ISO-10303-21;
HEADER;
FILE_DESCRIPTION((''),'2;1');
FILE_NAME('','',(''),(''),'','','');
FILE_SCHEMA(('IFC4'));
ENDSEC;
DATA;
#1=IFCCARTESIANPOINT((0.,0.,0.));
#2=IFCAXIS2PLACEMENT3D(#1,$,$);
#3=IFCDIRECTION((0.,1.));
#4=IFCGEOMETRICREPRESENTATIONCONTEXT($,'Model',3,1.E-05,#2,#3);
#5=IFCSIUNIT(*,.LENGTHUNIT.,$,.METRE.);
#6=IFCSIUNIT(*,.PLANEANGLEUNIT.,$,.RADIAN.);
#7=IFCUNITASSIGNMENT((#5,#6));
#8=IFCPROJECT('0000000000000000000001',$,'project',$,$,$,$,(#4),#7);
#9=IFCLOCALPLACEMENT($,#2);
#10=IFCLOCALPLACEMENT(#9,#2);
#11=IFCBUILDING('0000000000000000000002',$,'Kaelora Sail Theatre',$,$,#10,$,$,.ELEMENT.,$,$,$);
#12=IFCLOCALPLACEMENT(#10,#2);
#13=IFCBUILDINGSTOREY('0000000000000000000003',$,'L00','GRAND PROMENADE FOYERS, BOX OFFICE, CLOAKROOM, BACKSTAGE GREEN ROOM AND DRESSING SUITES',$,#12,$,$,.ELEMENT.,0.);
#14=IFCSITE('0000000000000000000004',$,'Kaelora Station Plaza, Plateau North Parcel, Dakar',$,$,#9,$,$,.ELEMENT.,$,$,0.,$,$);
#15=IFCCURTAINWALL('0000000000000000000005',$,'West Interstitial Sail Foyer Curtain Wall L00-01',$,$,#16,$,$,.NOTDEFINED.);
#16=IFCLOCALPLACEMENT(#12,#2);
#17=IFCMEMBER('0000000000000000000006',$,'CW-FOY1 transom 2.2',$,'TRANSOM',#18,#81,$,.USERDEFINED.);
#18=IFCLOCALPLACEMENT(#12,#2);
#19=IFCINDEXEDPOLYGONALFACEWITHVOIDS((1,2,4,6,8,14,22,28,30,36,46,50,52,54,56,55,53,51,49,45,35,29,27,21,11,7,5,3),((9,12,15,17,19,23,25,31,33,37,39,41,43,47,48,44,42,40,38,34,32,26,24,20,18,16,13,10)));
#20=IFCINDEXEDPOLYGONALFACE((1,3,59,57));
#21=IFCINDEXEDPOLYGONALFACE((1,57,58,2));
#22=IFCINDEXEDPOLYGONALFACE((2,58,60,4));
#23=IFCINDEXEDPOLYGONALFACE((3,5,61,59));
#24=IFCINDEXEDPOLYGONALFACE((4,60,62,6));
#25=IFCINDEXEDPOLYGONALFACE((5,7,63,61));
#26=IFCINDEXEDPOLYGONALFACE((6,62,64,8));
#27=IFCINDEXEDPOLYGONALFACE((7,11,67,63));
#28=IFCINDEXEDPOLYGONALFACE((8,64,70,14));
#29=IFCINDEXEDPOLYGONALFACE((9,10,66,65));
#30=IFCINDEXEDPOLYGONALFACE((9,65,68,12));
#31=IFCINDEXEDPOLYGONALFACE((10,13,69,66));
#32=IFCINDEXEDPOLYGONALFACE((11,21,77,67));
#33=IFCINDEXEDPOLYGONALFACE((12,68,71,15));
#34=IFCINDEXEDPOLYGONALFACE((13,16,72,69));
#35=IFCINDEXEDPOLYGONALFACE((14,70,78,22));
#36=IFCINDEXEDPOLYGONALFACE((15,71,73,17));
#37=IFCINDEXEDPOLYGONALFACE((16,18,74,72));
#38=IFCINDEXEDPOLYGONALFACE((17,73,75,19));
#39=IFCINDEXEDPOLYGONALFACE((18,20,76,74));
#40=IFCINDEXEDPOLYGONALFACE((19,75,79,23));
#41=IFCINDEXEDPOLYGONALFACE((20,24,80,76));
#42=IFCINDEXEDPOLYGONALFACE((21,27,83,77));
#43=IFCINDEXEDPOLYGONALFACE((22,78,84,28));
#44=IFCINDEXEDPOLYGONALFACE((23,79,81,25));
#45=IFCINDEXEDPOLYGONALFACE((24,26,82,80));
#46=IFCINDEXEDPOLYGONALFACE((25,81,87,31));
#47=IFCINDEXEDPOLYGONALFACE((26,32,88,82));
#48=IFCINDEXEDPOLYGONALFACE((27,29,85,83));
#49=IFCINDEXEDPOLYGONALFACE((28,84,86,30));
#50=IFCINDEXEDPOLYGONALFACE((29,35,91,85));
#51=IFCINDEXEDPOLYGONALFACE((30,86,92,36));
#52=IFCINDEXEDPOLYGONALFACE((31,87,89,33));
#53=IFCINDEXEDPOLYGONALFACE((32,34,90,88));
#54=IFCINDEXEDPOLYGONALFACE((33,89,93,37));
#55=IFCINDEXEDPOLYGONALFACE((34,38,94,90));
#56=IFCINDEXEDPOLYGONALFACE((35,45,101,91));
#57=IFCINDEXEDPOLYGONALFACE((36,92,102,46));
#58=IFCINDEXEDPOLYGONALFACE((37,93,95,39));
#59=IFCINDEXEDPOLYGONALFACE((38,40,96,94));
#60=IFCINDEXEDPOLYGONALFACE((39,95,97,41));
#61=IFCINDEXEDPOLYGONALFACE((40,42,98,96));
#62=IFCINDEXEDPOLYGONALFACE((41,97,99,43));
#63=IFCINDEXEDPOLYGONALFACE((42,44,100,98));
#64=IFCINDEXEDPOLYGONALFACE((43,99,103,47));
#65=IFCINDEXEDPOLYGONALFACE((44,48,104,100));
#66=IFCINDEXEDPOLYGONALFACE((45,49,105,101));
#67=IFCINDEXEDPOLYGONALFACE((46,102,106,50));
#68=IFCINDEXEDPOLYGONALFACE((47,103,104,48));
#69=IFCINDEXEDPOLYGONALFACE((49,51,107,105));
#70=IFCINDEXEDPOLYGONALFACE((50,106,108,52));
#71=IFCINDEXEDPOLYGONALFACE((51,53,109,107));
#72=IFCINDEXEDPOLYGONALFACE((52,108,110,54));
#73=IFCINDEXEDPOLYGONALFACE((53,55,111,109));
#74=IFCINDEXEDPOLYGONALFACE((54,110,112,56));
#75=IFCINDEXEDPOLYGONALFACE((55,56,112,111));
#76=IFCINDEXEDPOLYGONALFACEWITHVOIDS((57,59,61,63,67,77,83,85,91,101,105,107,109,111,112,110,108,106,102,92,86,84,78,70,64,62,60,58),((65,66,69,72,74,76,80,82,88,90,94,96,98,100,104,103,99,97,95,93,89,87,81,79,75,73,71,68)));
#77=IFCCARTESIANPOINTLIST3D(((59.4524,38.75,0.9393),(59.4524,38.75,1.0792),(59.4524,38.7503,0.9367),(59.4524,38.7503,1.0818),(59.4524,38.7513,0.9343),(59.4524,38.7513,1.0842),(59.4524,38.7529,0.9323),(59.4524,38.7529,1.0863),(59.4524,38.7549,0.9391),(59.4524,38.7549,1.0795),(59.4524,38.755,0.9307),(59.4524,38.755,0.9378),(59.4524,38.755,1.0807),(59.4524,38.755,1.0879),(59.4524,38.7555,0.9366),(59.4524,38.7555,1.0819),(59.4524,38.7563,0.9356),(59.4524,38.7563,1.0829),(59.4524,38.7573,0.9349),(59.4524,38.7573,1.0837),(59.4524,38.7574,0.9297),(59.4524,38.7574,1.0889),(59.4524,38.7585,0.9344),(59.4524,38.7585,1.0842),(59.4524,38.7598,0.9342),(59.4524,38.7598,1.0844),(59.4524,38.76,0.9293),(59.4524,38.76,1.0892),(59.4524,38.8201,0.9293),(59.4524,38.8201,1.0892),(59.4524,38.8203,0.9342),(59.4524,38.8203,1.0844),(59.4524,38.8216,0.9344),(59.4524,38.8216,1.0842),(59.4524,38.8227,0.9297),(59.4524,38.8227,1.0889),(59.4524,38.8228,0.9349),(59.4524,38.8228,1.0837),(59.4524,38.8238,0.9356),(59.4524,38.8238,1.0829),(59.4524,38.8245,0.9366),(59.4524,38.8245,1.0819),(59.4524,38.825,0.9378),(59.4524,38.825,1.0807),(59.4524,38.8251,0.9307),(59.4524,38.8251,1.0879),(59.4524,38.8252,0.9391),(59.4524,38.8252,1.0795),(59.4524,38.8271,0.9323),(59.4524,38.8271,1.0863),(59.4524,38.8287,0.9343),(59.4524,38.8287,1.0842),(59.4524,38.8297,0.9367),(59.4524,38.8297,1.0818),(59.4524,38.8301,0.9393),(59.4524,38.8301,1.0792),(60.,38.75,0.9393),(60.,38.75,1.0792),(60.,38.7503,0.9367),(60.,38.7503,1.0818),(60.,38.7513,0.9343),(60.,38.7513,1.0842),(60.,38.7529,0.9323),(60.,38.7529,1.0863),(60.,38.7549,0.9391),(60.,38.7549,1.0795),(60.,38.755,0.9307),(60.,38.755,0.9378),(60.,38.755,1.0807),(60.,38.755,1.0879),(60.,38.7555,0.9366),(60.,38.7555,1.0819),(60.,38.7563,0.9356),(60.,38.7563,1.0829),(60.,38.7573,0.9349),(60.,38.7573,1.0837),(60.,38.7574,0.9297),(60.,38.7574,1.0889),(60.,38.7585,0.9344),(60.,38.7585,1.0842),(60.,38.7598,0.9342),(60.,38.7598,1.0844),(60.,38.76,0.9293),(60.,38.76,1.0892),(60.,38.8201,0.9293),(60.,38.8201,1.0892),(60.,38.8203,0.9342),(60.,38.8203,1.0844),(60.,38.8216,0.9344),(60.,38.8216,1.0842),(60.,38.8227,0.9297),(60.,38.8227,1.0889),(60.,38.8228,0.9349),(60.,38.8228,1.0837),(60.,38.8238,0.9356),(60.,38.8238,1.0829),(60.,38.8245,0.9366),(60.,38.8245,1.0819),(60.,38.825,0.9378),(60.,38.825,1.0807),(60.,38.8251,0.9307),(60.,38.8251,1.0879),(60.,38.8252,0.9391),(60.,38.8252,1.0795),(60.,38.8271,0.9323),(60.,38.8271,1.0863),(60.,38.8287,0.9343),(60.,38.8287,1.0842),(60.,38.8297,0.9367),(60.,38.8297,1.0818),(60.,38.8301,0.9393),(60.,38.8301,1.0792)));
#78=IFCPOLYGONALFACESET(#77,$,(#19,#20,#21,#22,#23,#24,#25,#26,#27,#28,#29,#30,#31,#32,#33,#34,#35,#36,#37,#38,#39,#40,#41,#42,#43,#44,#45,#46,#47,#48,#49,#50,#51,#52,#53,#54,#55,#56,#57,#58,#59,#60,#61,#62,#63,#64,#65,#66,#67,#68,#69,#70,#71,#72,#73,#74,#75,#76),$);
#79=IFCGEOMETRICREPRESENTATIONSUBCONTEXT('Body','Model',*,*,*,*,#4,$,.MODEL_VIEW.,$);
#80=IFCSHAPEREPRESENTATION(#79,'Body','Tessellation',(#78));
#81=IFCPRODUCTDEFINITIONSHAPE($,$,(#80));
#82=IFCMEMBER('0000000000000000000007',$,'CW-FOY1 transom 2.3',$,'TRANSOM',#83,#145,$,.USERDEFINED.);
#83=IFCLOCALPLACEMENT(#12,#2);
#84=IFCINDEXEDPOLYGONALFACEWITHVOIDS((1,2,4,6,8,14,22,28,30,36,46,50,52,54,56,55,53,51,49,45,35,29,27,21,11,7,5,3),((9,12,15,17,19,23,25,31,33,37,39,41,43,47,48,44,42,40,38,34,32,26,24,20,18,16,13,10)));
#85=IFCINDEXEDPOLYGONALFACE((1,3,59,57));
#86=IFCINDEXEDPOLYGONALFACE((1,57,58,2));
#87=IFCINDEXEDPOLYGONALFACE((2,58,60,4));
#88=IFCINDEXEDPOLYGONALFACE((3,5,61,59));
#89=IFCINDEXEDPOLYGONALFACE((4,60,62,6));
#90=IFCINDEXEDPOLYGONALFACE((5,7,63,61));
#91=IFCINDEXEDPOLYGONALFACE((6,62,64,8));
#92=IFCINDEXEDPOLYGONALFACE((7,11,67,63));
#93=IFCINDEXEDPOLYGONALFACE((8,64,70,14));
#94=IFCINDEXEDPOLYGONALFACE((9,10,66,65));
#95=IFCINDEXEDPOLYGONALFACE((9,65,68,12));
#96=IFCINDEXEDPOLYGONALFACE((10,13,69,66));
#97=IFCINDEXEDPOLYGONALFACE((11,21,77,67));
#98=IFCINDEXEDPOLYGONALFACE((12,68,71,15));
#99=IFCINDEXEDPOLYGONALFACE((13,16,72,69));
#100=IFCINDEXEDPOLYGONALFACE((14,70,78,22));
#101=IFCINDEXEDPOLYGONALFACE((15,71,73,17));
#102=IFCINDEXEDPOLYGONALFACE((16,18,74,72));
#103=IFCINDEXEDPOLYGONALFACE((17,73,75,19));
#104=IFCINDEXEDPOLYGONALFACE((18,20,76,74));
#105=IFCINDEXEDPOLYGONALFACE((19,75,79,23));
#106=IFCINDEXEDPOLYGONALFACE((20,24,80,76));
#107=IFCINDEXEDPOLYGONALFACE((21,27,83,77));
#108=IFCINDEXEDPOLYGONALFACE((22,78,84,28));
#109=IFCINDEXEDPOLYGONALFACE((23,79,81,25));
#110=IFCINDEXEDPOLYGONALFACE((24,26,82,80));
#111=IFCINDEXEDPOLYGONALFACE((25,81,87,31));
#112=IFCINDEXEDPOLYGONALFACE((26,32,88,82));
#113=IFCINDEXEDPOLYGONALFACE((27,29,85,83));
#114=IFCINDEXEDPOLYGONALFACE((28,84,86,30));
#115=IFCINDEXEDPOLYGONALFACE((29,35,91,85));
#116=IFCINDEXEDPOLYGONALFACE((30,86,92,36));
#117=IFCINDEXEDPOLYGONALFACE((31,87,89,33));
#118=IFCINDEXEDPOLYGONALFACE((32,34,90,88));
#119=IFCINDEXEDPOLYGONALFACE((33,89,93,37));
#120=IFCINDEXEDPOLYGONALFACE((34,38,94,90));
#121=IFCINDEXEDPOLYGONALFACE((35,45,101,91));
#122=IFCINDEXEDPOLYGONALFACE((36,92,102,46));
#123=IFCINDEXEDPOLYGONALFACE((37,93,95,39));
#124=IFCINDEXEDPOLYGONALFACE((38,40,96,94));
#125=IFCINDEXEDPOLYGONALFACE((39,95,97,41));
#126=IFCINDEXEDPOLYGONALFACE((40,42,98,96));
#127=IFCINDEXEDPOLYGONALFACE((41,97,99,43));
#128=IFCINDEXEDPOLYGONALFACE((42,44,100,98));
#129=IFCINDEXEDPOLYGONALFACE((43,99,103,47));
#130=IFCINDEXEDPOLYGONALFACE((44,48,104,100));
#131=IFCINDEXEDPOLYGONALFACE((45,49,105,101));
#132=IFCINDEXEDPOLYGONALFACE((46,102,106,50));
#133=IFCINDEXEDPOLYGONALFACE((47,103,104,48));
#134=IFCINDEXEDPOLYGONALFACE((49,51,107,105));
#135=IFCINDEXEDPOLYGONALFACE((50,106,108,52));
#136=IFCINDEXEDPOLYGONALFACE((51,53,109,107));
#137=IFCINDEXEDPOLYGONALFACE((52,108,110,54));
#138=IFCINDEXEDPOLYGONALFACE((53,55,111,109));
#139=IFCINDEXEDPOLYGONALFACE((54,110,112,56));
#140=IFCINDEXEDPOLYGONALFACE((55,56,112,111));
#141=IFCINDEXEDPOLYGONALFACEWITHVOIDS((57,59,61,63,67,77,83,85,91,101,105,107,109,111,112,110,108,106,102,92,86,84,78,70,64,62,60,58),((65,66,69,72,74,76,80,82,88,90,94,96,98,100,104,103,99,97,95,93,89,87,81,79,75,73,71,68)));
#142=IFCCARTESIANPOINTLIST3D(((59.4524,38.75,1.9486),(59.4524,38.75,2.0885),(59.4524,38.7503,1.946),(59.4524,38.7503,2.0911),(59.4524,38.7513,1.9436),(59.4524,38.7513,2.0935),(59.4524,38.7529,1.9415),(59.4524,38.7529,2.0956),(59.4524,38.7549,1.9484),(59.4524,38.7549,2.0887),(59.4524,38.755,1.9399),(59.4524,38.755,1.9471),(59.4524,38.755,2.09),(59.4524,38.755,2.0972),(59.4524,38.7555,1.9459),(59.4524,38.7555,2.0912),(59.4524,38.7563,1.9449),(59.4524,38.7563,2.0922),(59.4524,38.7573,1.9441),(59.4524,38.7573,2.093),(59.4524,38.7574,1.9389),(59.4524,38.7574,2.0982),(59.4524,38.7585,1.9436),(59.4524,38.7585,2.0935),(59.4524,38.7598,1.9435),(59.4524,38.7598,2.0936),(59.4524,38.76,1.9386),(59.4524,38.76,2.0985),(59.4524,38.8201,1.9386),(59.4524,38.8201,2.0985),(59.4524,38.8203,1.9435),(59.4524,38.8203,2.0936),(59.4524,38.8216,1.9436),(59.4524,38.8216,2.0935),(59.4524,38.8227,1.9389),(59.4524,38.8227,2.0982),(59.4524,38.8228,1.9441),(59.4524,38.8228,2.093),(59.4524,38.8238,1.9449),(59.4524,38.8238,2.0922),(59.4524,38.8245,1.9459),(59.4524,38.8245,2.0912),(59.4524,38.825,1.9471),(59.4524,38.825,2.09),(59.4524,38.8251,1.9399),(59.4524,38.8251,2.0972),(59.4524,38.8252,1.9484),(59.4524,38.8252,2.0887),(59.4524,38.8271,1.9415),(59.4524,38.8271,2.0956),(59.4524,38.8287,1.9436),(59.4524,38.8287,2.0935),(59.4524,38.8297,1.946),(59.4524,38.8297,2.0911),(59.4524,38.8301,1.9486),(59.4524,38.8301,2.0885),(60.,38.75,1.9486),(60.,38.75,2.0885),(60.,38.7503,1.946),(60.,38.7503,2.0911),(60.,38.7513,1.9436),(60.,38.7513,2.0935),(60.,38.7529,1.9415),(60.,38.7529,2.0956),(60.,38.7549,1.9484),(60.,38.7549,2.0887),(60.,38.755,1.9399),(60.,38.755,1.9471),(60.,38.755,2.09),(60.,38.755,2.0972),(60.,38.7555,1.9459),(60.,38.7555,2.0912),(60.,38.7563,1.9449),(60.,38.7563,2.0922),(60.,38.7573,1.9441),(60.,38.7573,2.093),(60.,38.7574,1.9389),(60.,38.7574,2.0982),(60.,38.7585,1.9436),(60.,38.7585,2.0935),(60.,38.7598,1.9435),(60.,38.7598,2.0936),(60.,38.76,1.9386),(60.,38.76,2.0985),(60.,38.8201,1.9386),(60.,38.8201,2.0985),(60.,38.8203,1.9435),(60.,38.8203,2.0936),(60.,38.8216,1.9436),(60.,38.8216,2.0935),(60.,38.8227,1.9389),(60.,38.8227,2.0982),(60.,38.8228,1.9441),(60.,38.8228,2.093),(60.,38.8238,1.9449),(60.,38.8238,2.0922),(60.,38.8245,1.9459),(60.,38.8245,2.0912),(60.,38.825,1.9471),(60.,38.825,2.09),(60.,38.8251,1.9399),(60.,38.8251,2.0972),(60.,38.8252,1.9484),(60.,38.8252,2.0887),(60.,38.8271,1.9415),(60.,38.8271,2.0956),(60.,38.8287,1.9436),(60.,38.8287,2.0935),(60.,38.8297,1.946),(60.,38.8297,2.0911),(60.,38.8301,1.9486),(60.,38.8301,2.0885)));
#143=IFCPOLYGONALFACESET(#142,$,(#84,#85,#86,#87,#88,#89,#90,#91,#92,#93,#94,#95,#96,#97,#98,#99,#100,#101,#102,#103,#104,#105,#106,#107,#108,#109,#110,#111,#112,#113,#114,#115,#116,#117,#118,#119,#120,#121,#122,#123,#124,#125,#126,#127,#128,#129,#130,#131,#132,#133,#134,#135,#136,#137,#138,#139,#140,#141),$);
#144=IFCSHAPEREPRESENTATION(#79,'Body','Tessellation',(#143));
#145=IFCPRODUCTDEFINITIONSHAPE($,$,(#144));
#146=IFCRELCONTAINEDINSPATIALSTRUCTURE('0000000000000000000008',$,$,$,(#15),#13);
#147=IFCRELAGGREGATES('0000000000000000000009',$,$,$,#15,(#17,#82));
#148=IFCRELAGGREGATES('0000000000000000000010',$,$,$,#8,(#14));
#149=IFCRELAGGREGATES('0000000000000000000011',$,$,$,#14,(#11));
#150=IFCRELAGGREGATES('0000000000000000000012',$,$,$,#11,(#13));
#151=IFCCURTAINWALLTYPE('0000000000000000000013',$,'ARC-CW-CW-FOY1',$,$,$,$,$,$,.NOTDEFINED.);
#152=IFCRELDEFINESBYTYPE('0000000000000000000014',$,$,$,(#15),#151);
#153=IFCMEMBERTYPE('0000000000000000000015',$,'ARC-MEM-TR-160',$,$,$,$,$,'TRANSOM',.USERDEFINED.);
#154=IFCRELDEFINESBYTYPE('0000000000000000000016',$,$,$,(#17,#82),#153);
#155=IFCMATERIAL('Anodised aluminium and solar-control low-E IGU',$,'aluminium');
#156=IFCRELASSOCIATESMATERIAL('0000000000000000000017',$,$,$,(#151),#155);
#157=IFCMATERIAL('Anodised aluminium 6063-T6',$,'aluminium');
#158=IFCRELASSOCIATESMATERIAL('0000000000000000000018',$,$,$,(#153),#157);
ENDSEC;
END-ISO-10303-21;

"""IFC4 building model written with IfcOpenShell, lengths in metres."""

from ifc_helpers import new_model, si_unit, direction, frame, origin, origin_2d, place, context, subcontext, project, spatial, hollow_rectangle, extrude, material, material_profile, profile_set, type_object, element, aggregate, save


model = new_model("IFC4")

# Units and contexts
model_context = context("Model", 3, precision=1e-05, world=origin(), true_north=direction((0.0, 1.0)))
body_context = subcontext(model_context, "Body", "Model", "MODEL_VIEW")
ifc_project = project(units=[si_unit("LENGTHUNIT", "METRE"), si_unit("PLANEANGLEUNIT", "RADIAN")], contexts=[model_context])

# Site, building, storey
site_placement = place(None, origin())
site = spatial("IfcSite", under=ifc_project, at=site_placement, Name="Kaelora Station Plaza, Plateau North Parcel, Dakar", CompositionType="ELEMENT", RefElevation=0.0)
building_placement = place(site_placement, origin())
building = spatial("IfcBuilding", under=site, at=building_placement, Name="Kaelora Sail Theatre", CompositionType="ELEMENT")
storey_placement = place(building_placement, origin())
storey = spatial("IfcBuildingStorey", under=building, at=storey_placement, Name="L00", Description="GRAND PROMENADE FOYERS, BOX OFFICE, CLOAKROOM, BACKSTAGE GREEN ROOM AND DRESSING SUITES", CompositionType="ELEMENT", Elevation=0.0)

# Curtain wall, members
ifc_material_1 = material(Name="Anodised aluminium and solar-control low-E IGU", Category="aluminium")
curtain_wall_type = type_object("IfcCurtainWallType", Name="ARC-CW-CW-FOY1", PredefinedType="NOTDEFINED", material=ifc_material_1)
curtain_wall_placement = place(storey_placement, origin())
curtain_wall = element("IfcCurtainWall", 1, at=curtain_wall_placement, inside=storey, type_object=curtain_wall_type, Name="West Interstitial Sail Foyer Curtain Wall L00-01", PredefinedType="NOTDEFINED")
ifc_material_2 = material(Name="Anodised aluminium 6063-T6", Category="aluminium")
ifc_material_profile_1 = material_profile(ifc_material_2, hollow_rectangle(XDim=0.0801, YDim=0.1599, WallThickness=0.0049, InnerFilletRadius=0.0049, OuterFilletRadius=0.01, at=origin_2d()), Name="ALU-TRAN 80x160x5")
ifc_profile_set_1 = profile_set([ifc_material_profile_1], Name="Anodised aluminium 6063-T6")
member_type_1 = type_object("IfcMemberType", Name="ARC-MEM-TR-160", ElementType="TRANSOM", PredefinedType="USERDEFINED", material=ifc_profile_set_1)
member_1_placement = place(storey_placement, frame((59.4524, 38.79, 1.0093), z_axis=(1.0, 0.0, 0.0), x_axis=(0.0, 1.0, 0.0)))
member_1 = element("IfcMember", 2, at=member_1_placement, type_object=member_type_1, Name="CW-FOY1 transom 2.2", ObjectType="TRANSOM", PredefinedType="USERDEFINED", context=body_context, shape_type="SweptSolid", body=[
    extrude(hollow_rectangle(XDim=0.0801, YDim=0.1599, WallThickness=0.0049, InnerFilletRadius=0.0049, OuterFilletRadius=0.01, at=origin_2d()), origin(), (0.0, 0.0, 1.0), 0.5476),
])
member_2_placement = place(storey_placement, frame((59.4524, 38.79, 2.0186), z_axis=(1.0, 0.0, 0.0), x_axis=(0.0, 1.0, 0.0)))
member_2 = element("IfcMember", 3, at=member_2_placement, type_object=member_type_1, Name="CW-FOY1 transom 2.3", ObjectType="TRANSOM", PredefinedType="USERDEFINED", context=body_context, shape_type="SweptSolid", body=[
    extrude(hollow_rectangle(XDim=0.0801, YDim=0.1599, WallThickness=0.0049, InnerFilletRadius=0.0049, OuterFilletRadius=0.01, at=origin_2d()), origin(), (0.0, 0.0, 1.0), 0.5476),
])

aggregate(curtain_wall, [member_1, member_2])

save(model, "model.ifc")
